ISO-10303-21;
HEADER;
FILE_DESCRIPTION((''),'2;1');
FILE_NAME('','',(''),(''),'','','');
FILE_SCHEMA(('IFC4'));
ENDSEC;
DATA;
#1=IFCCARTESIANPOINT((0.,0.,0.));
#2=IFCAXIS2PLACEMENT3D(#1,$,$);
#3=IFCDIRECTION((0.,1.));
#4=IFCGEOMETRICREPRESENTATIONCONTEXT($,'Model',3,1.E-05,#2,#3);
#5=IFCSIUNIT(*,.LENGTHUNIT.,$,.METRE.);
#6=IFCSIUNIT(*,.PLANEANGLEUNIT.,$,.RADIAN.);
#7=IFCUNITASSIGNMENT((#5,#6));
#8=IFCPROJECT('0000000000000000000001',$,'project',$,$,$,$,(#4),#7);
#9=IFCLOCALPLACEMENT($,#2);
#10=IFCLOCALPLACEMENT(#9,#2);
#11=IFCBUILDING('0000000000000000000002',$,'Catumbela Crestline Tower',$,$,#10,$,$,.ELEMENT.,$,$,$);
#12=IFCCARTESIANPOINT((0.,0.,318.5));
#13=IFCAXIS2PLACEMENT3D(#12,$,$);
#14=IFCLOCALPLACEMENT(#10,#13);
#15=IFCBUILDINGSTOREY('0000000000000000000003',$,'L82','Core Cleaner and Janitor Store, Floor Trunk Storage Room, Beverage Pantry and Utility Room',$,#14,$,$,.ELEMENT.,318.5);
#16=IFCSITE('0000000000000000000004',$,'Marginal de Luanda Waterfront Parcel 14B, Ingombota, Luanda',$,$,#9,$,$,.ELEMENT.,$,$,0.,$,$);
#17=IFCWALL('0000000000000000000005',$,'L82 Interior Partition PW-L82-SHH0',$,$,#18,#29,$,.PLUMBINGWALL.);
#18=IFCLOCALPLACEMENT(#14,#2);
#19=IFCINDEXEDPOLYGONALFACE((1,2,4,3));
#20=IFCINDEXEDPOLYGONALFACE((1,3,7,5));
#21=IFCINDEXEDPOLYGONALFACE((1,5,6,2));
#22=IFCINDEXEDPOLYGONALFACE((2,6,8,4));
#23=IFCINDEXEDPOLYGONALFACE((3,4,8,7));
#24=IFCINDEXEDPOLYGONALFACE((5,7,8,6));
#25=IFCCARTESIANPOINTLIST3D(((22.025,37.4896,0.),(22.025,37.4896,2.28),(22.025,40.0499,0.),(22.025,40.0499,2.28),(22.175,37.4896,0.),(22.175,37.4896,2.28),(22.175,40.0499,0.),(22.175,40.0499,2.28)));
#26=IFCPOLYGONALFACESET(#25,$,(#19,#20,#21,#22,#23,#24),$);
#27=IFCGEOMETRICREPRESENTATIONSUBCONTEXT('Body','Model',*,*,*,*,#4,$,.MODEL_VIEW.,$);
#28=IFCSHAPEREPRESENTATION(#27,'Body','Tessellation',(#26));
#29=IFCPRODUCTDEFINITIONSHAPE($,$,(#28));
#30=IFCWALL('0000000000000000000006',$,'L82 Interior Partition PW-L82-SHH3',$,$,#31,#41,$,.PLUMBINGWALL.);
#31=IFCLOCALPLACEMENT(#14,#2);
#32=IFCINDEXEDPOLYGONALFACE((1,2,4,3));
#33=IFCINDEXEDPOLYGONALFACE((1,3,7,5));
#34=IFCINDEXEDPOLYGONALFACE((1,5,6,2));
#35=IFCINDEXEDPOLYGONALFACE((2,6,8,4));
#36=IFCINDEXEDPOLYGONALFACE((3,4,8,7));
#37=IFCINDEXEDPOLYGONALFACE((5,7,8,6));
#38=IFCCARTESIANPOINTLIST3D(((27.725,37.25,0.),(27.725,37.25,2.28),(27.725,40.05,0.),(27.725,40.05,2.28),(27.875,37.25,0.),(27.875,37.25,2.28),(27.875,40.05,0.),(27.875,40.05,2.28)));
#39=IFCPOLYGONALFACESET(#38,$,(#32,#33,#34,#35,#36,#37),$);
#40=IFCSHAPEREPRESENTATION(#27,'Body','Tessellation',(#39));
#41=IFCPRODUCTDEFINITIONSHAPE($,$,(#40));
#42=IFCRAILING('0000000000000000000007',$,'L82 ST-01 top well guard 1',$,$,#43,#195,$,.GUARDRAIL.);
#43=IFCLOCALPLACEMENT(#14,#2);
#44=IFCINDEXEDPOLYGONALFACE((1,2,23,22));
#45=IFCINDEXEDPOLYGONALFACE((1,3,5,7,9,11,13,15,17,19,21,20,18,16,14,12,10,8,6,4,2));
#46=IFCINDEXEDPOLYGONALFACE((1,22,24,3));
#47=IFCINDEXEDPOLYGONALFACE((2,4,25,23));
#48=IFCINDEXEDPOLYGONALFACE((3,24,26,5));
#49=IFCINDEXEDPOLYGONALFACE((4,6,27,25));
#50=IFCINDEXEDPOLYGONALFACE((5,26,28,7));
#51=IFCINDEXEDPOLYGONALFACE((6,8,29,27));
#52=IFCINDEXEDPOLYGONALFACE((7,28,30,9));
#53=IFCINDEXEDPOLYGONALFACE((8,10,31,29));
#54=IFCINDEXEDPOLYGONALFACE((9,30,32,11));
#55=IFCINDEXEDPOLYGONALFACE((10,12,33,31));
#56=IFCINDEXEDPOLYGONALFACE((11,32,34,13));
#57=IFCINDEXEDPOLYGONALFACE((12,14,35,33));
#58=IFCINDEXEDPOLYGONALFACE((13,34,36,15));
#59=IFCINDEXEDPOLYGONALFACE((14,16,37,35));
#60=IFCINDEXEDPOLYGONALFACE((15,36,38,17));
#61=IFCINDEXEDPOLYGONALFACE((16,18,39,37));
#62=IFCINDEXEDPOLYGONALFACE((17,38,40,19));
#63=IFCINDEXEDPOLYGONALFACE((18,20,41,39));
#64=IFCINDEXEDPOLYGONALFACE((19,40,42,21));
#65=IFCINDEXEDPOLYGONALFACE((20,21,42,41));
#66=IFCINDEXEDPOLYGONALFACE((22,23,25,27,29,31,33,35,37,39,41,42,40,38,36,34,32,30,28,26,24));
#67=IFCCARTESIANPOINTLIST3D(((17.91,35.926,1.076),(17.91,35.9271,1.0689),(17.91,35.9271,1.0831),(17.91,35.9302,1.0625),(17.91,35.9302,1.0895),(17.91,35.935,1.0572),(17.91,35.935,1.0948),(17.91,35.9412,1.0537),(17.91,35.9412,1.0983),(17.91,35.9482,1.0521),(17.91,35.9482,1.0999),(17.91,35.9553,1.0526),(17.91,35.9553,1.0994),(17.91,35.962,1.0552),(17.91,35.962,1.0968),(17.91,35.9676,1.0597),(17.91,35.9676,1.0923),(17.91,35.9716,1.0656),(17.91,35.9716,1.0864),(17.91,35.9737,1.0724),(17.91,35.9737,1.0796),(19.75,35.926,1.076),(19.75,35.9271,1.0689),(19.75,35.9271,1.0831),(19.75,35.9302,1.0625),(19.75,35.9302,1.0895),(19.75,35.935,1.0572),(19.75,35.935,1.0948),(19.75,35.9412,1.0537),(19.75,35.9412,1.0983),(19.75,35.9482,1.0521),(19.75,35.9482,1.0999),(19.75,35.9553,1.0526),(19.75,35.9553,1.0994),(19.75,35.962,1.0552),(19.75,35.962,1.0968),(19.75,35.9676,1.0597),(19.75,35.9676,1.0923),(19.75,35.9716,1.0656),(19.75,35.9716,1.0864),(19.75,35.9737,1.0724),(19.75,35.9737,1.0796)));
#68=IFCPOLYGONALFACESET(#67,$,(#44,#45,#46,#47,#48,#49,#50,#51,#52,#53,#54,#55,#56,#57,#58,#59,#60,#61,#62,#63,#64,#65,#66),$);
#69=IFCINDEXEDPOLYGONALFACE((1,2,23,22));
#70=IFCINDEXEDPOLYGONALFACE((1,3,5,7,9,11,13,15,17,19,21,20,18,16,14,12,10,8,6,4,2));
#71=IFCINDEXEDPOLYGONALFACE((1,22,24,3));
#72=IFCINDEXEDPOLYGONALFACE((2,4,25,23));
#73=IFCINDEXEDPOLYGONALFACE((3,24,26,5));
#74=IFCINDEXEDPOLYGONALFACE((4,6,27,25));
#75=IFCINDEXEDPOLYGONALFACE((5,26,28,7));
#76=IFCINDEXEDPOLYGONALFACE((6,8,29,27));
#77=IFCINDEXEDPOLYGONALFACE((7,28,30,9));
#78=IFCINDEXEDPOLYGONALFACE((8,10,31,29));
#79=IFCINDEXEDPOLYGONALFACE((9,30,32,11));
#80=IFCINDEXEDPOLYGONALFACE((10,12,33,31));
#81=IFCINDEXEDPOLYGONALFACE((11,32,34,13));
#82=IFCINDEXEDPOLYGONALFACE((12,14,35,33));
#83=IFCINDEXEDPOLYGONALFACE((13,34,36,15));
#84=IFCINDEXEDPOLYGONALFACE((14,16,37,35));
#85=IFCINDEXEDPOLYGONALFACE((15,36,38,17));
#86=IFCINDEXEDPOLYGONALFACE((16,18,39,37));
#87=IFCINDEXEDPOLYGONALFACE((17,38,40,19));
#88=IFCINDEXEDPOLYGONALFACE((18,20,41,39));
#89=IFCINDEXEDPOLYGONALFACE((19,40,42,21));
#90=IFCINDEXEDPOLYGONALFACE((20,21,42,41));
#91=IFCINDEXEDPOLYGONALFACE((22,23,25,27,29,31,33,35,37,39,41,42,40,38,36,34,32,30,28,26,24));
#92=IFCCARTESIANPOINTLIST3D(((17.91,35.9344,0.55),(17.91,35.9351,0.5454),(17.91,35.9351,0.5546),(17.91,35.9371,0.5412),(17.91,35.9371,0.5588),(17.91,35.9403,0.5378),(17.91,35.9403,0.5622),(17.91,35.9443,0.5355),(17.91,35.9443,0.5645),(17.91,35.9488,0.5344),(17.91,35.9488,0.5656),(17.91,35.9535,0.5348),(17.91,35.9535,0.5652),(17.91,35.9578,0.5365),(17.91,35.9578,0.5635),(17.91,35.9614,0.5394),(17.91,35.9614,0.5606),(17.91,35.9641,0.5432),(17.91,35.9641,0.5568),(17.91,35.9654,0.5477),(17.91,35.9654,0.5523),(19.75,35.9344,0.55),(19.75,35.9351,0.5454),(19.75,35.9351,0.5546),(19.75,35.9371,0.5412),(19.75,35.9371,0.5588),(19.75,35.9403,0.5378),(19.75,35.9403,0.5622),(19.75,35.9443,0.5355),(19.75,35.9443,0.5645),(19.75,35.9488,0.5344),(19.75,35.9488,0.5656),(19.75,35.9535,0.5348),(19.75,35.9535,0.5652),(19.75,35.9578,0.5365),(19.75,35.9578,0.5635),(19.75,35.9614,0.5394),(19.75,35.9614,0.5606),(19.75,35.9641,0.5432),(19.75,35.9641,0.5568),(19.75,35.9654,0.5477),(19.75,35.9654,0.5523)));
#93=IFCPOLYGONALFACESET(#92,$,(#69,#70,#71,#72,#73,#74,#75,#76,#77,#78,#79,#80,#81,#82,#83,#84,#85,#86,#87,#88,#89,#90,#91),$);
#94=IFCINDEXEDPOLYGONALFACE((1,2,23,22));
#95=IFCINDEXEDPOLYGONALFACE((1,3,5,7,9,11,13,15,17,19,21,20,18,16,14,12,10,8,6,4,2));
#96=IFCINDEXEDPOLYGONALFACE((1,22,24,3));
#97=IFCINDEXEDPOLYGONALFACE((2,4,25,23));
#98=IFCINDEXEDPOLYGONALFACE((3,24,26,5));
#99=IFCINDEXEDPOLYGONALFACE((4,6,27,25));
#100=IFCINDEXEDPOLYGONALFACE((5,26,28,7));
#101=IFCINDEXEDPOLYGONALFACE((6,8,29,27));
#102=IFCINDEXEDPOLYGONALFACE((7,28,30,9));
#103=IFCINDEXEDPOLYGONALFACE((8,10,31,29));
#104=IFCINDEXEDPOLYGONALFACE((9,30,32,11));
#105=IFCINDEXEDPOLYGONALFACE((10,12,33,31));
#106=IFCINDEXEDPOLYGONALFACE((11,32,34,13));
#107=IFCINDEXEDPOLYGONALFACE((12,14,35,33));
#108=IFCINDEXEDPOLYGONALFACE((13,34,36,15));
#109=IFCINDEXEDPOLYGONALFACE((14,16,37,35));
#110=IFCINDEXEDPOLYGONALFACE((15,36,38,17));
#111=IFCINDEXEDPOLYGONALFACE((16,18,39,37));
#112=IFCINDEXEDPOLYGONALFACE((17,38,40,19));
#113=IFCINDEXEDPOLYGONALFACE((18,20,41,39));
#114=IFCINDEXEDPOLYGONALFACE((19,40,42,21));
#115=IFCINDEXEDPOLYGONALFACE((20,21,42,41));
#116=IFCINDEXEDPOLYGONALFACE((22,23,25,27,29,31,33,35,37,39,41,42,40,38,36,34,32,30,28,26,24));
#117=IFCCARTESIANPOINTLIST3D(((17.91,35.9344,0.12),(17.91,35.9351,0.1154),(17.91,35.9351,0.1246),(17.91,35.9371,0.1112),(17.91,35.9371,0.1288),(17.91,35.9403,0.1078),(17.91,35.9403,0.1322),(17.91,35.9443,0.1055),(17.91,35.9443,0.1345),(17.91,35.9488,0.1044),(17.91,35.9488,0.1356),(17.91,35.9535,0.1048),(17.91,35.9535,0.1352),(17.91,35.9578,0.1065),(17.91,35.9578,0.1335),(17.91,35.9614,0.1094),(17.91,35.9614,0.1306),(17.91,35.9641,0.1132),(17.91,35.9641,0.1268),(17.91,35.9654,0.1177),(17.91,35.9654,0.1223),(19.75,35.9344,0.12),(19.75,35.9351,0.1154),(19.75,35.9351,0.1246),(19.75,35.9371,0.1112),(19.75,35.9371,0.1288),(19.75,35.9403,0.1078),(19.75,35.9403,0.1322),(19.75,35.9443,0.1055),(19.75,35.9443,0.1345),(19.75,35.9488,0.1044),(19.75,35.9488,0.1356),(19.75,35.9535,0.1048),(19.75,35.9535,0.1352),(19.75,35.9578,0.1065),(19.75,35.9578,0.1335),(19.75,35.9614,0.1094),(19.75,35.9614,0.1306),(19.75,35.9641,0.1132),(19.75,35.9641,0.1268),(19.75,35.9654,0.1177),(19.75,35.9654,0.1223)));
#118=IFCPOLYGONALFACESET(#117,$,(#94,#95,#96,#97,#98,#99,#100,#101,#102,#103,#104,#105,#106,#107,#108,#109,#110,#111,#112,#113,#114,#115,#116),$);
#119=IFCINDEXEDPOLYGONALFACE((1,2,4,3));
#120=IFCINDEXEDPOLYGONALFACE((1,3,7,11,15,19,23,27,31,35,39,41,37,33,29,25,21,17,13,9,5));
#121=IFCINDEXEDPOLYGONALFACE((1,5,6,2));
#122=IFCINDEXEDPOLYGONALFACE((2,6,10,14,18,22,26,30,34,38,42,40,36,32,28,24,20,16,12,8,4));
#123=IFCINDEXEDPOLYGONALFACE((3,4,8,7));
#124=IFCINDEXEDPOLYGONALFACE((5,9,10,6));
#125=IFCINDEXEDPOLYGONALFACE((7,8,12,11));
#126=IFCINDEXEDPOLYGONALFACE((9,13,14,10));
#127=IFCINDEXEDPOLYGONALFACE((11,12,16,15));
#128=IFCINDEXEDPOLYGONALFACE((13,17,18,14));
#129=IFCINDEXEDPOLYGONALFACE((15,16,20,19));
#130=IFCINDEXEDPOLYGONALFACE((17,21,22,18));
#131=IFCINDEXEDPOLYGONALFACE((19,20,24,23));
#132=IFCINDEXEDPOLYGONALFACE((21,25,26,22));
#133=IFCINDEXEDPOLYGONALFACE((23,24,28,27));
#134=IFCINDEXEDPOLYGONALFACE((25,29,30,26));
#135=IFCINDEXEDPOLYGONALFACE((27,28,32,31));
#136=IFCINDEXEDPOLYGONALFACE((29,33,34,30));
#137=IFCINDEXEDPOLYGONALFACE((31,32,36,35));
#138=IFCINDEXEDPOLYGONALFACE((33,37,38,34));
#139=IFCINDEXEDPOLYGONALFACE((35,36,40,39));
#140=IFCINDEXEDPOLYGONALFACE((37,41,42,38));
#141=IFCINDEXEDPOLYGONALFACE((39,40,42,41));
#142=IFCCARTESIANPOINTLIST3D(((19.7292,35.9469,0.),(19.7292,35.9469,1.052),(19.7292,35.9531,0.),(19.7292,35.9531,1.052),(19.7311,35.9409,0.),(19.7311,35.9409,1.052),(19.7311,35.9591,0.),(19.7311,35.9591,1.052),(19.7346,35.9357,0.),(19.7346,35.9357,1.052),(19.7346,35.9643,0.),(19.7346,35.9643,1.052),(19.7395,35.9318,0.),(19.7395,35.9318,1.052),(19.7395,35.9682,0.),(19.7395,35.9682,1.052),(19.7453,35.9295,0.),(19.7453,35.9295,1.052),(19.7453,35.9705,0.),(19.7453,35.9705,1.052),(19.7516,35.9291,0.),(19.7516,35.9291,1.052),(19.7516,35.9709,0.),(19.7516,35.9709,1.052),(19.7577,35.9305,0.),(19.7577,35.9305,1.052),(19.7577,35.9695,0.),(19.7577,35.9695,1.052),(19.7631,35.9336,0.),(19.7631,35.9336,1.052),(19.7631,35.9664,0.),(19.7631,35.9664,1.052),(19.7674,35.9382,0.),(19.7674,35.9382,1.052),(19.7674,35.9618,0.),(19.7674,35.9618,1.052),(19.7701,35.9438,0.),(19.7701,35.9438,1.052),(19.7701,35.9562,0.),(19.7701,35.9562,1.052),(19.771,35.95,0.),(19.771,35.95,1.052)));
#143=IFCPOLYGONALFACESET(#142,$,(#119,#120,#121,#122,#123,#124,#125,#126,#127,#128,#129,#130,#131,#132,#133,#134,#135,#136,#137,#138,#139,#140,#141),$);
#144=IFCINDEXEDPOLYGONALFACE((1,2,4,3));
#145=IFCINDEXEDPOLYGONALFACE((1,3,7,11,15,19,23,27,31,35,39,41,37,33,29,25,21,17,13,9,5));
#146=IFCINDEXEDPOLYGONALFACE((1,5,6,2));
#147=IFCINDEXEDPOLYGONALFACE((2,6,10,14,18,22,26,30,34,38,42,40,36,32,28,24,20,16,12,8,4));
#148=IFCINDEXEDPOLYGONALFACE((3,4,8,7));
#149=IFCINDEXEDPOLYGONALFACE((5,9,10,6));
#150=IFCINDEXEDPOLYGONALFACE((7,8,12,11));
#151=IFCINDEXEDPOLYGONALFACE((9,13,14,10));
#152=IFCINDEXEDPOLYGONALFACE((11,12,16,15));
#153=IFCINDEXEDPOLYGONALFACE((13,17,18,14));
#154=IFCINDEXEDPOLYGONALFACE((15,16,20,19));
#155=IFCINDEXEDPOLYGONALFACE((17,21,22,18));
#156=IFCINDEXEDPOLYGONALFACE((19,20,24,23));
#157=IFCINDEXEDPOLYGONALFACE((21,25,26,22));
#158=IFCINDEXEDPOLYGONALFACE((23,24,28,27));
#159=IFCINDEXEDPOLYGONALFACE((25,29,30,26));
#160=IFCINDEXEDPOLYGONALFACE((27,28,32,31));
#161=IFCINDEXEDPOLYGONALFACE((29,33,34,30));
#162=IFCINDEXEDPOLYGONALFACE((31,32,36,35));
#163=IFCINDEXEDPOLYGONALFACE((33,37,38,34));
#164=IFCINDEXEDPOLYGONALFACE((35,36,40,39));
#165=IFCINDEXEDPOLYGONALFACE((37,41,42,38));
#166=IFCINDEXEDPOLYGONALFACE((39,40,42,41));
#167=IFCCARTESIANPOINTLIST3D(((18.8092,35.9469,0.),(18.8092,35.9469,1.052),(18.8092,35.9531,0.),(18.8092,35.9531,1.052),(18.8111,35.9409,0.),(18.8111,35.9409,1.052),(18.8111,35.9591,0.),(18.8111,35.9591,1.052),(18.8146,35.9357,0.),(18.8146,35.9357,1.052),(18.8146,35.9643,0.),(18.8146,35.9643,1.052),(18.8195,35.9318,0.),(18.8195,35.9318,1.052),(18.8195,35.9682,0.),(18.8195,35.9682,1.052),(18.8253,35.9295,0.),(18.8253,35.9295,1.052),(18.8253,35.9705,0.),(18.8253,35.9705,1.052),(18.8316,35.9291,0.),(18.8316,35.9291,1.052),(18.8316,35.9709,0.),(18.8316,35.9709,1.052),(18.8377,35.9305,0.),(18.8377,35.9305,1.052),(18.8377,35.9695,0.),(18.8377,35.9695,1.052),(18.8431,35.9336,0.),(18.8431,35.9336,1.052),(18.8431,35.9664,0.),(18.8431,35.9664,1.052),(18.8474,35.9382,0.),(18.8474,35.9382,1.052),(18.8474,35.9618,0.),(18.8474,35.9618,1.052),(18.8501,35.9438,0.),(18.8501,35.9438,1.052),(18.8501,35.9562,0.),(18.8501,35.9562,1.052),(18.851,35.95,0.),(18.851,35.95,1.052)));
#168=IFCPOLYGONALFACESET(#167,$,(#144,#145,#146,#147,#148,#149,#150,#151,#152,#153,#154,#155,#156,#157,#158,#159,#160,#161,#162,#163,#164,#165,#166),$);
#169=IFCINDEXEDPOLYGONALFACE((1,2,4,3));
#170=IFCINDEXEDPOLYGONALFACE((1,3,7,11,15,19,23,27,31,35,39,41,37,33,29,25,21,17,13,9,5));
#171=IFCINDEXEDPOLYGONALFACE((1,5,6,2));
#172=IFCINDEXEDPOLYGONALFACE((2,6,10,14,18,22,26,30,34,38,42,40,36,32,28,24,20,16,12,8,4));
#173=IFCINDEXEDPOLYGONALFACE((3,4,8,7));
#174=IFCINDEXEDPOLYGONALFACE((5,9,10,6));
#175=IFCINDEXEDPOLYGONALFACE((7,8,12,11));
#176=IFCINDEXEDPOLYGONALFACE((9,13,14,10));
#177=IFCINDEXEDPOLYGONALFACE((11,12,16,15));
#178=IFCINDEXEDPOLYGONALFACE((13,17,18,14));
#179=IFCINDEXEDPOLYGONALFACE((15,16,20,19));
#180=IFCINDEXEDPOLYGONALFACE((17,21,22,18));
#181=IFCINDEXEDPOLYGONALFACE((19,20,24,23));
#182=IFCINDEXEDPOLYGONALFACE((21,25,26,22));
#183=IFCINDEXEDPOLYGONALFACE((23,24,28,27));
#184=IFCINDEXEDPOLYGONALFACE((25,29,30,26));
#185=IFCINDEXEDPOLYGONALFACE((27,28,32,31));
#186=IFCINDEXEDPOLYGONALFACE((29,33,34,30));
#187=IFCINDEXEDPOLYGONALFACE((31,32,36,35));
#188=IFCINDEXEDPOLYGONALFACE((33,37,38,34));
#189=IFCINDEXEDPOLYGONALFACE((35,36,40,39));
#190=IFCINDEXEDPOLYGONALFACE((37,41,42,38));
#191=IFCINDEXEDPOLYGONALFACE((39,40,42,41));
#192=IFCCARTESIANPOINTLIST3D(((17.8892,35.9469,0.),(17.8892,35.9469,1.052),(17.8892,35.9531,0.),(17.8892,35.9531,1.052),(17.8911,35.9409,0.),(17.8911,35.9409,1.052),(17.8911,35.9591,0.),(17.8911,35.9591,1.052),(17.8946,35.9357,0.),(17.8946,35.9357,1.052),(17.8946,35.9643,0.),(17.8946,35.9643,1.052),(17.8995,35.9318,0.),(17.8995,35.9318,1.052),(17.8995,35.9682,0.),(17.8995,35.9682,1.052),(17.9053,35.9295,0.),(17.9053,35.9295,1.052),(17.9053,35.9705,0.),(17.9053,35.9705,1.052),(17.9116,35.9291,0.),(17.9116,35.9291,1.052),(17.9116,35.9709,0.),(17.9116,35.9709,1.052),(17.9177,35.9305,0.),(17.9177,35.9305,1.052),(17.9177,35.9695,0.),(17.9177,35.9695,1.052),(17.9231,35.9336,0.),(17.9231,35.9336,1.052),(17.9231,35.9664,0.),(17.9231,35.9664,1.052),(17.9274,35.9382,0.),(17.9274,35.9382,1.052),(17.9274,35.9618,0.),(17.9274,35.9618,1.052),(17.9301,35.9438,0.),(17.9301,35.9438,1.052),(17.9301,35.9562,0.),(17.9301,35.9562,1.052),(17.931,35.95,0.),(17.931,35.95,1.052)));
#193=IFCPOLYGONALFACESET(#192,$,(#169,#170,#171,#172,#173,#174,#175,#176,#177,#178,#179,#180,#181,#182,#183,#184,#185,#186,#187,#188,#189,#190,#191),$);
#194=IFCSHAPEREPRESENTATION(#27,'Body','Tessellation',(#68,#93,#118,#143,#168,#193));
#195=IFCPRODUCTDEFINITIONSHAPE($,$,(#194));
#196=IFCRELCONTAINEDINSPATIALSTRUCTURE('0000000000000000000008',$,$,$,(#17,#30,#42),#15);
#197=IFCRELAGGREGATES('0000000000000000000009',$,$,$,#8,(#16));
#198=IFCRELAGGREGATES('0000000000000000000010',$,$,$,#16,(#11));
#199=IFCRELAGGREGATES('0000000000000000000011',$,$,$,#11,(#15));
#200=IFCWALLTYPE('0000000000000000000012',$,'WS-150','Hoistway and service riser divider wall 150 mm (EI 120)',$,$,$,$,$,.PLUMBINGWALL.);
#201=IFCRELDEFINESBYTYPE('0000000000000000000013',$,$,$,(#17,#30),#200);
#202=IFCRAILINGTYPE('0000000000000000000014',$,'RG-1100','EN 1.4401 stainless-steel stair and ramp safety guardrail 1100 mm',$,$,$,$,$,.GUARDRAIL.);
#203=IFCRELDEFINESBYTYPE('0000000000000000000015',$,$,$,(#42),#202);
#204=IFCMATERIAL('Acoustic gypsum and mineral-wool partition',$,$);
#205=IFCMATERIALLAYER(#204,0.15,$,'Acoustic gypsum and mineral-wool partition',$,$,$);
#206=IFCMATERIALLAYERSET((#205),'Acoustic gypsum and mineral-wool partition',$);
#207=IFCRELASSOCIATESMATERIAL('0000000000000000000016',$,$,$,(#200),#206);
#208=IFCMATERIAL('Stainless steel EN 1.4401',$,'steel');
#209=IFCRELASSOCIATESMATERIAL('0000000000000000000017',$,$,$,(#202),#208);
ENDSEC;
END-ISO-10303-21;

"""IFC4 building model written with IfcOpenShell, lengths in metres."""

from ifc_helpers import new_model, si_unit, direction, frame, frame_2d, origin, origin_2d, place, context, subcontext, project, spatial, rectangle, circle, extrude, material, layer, layer_set, type_object, element, save


model = new_model("IFC4")

# Units and contexts
model_context = context("Model", 3, precision=1e-05, world=origin(), true_north=direction((0.0, 1.0)))
body_context = subcontext(model_context, "Body", "Model", "MODEL_VIEW")
ifc_project = project(units=[si_unit("LENGTHUNIT", "METRE"), si_unit("PLANEANGLEUNIT", "RADIAN")], contexts=[model_context])

# Site, building, storey
site_placement = place(None, origin())
site = spatial("IfcSite", under=ifc_project, at=site_placement, Name="Marginal de Luanda Waterfront Parcel 14B, Ingombota, Luanda", CompositionType="ELEMENT", RefElevation=0.0)
building_placement = place(site_placement, origin())
building = spatial("IfcBuilding", under=site, at=building_placement, Name="Catumbela Crestline Tower", CompositionType="ELEMENT")
storey_placement = place(building_placement, frame((0.0, 0.0, 318.5)))
storey = spatial("IfcBuildingStorey", under=building, at=storey_placement, Name="L82", Description="Core Cleaner and Janitor Store, Floor Trunk Storage Room, Beverage Pantry and Utility Room", CompositionType="ELEMENT", Elevation=318.5)

# Shared definitions
ifc_material_1 = material(Name="Stainless steel EN 1.4401", Category="steel")

# Shared definitions
ifc_material_2 = material(Name="Acoustic gypsum and mineral-wool partition")

# Walls
ifc_layer_1 = layer(ifc_material_2, 0.15, Name="Acoustic gypsum and mineral-wool partition")
ifc_layer_set_1 = layer_set([ifc_layer_1], Name="Acoustic gypsum and mineral-wool partition")
wall_type_1 = type_object("IfcWallType", Name="WS-150", Description="Hoistway and service riser divider wall 150 mm (EI 120)", PredefinedType="PLUMBINGWALL", material=ifc_layer_set_1)
wall_1_placement = place(storey_placement, frame((22.1, 37.4897, 0.0), z_axis=(0.0, 0.0, 1.0), x_axis=(0.0, 1.0, 0.0)))
element("IfcWall", 1, at=wall_1_placement, inside=storey, type_object=wall_type_1, Name="L82 Interior Partition PW-L82-SHH0", PredefinedType="PLUMBINGWALL", context=body_context, shape_type="SweptSolid", body=[
    extrude(rectangle(XDim=2.5603, YDim=0.15, at=frame_2d((1.2801, 0.0))), origin(), (0.0, 0.0, 1.0), 2.28),
])
wall_2_placement = place(storey_placement, frame((27.8, 37.25, 0.0), z_axis=(0.0, 0.0, 1.0), x_axis=(0.0, 1.0, 0.0)))
element("IfcWall", 2, at=wall_2_placement, inside=storey, type_object=wall_type_1, Name="L82 Interior Partition PW-L82-SHH3", PredefinedType="PLUMBINGWALL", context=body_context, shape_type="SweptSolid", body=[
    extrude(rectangle(XDim=2.8, YDim=0.15, at=frame_2d((1.4, 0.0))), origin(), (0.0, 0.0, 1.0), 2.28),
])

# Railing
railing_type = type_object("IfcRailingType", Name="RG-1100", Description="EN 1.4401 stainless-steel stair and ramp safety guardrail 1100 mm", PredefinedType="GUARDRAIL", material=ifc_material_1)
railing_placement = place(storey_placement, frame((19.75, 35.95, 0.0)))
element("IfcRailing", 3, at=railing_placement, inside=storey, type_object=railing_type, Name="L82 ST-01 top well guard 1", PredefinedType="GUARDRAIL", context=body_context, shape_type="SweptSolid", body=[
    extrude(circle(Radius=0.024, at=origin_2d()), frame((0.0, 0.0, 1.076), z_axis=(-1.0, 0.0, 0.0), x_axis=(0.0, -1.0, 0.0)), (0.0, 0.0, 1.0), 1.84),
    extrude(circle(Radius=0.0156, at=origin_2d()), frame((0.0, 0.0, 0.55), z_axis=(-1.0, 0.0, 0.0), x_axis=(0.0, -1.0, 0.0)), (0.0, 0.0, 1.0), 1.84),
    extrude(circle(Radius=0.0156, at=origin_2d()), frame((0.0, 0.0, 0.12), z_axis=(-1.0, 0.0, 0.0), x_axis=(0.0, -1.0, 0.0)), (0.0, 0.0, 1.0), 1.84),
    extrude(circle(Radius=0.021, at=origin_2d()), origin(), (0.0, 0.0, 1.0), 1.052),
    extrude(circle(Radius=0.021, at=origin_2d()), frame((-0.92, 0.0, 0.0)), (0.0, 0.0, 1.0), 1.052),
    extrude(circle(Radius=0.021, at=origin_2d()), frame((-1.84, 0.0, 0.0)), (0.0, 0.0, 1.0), 1.052),
])

save(model, "model.ifc")
